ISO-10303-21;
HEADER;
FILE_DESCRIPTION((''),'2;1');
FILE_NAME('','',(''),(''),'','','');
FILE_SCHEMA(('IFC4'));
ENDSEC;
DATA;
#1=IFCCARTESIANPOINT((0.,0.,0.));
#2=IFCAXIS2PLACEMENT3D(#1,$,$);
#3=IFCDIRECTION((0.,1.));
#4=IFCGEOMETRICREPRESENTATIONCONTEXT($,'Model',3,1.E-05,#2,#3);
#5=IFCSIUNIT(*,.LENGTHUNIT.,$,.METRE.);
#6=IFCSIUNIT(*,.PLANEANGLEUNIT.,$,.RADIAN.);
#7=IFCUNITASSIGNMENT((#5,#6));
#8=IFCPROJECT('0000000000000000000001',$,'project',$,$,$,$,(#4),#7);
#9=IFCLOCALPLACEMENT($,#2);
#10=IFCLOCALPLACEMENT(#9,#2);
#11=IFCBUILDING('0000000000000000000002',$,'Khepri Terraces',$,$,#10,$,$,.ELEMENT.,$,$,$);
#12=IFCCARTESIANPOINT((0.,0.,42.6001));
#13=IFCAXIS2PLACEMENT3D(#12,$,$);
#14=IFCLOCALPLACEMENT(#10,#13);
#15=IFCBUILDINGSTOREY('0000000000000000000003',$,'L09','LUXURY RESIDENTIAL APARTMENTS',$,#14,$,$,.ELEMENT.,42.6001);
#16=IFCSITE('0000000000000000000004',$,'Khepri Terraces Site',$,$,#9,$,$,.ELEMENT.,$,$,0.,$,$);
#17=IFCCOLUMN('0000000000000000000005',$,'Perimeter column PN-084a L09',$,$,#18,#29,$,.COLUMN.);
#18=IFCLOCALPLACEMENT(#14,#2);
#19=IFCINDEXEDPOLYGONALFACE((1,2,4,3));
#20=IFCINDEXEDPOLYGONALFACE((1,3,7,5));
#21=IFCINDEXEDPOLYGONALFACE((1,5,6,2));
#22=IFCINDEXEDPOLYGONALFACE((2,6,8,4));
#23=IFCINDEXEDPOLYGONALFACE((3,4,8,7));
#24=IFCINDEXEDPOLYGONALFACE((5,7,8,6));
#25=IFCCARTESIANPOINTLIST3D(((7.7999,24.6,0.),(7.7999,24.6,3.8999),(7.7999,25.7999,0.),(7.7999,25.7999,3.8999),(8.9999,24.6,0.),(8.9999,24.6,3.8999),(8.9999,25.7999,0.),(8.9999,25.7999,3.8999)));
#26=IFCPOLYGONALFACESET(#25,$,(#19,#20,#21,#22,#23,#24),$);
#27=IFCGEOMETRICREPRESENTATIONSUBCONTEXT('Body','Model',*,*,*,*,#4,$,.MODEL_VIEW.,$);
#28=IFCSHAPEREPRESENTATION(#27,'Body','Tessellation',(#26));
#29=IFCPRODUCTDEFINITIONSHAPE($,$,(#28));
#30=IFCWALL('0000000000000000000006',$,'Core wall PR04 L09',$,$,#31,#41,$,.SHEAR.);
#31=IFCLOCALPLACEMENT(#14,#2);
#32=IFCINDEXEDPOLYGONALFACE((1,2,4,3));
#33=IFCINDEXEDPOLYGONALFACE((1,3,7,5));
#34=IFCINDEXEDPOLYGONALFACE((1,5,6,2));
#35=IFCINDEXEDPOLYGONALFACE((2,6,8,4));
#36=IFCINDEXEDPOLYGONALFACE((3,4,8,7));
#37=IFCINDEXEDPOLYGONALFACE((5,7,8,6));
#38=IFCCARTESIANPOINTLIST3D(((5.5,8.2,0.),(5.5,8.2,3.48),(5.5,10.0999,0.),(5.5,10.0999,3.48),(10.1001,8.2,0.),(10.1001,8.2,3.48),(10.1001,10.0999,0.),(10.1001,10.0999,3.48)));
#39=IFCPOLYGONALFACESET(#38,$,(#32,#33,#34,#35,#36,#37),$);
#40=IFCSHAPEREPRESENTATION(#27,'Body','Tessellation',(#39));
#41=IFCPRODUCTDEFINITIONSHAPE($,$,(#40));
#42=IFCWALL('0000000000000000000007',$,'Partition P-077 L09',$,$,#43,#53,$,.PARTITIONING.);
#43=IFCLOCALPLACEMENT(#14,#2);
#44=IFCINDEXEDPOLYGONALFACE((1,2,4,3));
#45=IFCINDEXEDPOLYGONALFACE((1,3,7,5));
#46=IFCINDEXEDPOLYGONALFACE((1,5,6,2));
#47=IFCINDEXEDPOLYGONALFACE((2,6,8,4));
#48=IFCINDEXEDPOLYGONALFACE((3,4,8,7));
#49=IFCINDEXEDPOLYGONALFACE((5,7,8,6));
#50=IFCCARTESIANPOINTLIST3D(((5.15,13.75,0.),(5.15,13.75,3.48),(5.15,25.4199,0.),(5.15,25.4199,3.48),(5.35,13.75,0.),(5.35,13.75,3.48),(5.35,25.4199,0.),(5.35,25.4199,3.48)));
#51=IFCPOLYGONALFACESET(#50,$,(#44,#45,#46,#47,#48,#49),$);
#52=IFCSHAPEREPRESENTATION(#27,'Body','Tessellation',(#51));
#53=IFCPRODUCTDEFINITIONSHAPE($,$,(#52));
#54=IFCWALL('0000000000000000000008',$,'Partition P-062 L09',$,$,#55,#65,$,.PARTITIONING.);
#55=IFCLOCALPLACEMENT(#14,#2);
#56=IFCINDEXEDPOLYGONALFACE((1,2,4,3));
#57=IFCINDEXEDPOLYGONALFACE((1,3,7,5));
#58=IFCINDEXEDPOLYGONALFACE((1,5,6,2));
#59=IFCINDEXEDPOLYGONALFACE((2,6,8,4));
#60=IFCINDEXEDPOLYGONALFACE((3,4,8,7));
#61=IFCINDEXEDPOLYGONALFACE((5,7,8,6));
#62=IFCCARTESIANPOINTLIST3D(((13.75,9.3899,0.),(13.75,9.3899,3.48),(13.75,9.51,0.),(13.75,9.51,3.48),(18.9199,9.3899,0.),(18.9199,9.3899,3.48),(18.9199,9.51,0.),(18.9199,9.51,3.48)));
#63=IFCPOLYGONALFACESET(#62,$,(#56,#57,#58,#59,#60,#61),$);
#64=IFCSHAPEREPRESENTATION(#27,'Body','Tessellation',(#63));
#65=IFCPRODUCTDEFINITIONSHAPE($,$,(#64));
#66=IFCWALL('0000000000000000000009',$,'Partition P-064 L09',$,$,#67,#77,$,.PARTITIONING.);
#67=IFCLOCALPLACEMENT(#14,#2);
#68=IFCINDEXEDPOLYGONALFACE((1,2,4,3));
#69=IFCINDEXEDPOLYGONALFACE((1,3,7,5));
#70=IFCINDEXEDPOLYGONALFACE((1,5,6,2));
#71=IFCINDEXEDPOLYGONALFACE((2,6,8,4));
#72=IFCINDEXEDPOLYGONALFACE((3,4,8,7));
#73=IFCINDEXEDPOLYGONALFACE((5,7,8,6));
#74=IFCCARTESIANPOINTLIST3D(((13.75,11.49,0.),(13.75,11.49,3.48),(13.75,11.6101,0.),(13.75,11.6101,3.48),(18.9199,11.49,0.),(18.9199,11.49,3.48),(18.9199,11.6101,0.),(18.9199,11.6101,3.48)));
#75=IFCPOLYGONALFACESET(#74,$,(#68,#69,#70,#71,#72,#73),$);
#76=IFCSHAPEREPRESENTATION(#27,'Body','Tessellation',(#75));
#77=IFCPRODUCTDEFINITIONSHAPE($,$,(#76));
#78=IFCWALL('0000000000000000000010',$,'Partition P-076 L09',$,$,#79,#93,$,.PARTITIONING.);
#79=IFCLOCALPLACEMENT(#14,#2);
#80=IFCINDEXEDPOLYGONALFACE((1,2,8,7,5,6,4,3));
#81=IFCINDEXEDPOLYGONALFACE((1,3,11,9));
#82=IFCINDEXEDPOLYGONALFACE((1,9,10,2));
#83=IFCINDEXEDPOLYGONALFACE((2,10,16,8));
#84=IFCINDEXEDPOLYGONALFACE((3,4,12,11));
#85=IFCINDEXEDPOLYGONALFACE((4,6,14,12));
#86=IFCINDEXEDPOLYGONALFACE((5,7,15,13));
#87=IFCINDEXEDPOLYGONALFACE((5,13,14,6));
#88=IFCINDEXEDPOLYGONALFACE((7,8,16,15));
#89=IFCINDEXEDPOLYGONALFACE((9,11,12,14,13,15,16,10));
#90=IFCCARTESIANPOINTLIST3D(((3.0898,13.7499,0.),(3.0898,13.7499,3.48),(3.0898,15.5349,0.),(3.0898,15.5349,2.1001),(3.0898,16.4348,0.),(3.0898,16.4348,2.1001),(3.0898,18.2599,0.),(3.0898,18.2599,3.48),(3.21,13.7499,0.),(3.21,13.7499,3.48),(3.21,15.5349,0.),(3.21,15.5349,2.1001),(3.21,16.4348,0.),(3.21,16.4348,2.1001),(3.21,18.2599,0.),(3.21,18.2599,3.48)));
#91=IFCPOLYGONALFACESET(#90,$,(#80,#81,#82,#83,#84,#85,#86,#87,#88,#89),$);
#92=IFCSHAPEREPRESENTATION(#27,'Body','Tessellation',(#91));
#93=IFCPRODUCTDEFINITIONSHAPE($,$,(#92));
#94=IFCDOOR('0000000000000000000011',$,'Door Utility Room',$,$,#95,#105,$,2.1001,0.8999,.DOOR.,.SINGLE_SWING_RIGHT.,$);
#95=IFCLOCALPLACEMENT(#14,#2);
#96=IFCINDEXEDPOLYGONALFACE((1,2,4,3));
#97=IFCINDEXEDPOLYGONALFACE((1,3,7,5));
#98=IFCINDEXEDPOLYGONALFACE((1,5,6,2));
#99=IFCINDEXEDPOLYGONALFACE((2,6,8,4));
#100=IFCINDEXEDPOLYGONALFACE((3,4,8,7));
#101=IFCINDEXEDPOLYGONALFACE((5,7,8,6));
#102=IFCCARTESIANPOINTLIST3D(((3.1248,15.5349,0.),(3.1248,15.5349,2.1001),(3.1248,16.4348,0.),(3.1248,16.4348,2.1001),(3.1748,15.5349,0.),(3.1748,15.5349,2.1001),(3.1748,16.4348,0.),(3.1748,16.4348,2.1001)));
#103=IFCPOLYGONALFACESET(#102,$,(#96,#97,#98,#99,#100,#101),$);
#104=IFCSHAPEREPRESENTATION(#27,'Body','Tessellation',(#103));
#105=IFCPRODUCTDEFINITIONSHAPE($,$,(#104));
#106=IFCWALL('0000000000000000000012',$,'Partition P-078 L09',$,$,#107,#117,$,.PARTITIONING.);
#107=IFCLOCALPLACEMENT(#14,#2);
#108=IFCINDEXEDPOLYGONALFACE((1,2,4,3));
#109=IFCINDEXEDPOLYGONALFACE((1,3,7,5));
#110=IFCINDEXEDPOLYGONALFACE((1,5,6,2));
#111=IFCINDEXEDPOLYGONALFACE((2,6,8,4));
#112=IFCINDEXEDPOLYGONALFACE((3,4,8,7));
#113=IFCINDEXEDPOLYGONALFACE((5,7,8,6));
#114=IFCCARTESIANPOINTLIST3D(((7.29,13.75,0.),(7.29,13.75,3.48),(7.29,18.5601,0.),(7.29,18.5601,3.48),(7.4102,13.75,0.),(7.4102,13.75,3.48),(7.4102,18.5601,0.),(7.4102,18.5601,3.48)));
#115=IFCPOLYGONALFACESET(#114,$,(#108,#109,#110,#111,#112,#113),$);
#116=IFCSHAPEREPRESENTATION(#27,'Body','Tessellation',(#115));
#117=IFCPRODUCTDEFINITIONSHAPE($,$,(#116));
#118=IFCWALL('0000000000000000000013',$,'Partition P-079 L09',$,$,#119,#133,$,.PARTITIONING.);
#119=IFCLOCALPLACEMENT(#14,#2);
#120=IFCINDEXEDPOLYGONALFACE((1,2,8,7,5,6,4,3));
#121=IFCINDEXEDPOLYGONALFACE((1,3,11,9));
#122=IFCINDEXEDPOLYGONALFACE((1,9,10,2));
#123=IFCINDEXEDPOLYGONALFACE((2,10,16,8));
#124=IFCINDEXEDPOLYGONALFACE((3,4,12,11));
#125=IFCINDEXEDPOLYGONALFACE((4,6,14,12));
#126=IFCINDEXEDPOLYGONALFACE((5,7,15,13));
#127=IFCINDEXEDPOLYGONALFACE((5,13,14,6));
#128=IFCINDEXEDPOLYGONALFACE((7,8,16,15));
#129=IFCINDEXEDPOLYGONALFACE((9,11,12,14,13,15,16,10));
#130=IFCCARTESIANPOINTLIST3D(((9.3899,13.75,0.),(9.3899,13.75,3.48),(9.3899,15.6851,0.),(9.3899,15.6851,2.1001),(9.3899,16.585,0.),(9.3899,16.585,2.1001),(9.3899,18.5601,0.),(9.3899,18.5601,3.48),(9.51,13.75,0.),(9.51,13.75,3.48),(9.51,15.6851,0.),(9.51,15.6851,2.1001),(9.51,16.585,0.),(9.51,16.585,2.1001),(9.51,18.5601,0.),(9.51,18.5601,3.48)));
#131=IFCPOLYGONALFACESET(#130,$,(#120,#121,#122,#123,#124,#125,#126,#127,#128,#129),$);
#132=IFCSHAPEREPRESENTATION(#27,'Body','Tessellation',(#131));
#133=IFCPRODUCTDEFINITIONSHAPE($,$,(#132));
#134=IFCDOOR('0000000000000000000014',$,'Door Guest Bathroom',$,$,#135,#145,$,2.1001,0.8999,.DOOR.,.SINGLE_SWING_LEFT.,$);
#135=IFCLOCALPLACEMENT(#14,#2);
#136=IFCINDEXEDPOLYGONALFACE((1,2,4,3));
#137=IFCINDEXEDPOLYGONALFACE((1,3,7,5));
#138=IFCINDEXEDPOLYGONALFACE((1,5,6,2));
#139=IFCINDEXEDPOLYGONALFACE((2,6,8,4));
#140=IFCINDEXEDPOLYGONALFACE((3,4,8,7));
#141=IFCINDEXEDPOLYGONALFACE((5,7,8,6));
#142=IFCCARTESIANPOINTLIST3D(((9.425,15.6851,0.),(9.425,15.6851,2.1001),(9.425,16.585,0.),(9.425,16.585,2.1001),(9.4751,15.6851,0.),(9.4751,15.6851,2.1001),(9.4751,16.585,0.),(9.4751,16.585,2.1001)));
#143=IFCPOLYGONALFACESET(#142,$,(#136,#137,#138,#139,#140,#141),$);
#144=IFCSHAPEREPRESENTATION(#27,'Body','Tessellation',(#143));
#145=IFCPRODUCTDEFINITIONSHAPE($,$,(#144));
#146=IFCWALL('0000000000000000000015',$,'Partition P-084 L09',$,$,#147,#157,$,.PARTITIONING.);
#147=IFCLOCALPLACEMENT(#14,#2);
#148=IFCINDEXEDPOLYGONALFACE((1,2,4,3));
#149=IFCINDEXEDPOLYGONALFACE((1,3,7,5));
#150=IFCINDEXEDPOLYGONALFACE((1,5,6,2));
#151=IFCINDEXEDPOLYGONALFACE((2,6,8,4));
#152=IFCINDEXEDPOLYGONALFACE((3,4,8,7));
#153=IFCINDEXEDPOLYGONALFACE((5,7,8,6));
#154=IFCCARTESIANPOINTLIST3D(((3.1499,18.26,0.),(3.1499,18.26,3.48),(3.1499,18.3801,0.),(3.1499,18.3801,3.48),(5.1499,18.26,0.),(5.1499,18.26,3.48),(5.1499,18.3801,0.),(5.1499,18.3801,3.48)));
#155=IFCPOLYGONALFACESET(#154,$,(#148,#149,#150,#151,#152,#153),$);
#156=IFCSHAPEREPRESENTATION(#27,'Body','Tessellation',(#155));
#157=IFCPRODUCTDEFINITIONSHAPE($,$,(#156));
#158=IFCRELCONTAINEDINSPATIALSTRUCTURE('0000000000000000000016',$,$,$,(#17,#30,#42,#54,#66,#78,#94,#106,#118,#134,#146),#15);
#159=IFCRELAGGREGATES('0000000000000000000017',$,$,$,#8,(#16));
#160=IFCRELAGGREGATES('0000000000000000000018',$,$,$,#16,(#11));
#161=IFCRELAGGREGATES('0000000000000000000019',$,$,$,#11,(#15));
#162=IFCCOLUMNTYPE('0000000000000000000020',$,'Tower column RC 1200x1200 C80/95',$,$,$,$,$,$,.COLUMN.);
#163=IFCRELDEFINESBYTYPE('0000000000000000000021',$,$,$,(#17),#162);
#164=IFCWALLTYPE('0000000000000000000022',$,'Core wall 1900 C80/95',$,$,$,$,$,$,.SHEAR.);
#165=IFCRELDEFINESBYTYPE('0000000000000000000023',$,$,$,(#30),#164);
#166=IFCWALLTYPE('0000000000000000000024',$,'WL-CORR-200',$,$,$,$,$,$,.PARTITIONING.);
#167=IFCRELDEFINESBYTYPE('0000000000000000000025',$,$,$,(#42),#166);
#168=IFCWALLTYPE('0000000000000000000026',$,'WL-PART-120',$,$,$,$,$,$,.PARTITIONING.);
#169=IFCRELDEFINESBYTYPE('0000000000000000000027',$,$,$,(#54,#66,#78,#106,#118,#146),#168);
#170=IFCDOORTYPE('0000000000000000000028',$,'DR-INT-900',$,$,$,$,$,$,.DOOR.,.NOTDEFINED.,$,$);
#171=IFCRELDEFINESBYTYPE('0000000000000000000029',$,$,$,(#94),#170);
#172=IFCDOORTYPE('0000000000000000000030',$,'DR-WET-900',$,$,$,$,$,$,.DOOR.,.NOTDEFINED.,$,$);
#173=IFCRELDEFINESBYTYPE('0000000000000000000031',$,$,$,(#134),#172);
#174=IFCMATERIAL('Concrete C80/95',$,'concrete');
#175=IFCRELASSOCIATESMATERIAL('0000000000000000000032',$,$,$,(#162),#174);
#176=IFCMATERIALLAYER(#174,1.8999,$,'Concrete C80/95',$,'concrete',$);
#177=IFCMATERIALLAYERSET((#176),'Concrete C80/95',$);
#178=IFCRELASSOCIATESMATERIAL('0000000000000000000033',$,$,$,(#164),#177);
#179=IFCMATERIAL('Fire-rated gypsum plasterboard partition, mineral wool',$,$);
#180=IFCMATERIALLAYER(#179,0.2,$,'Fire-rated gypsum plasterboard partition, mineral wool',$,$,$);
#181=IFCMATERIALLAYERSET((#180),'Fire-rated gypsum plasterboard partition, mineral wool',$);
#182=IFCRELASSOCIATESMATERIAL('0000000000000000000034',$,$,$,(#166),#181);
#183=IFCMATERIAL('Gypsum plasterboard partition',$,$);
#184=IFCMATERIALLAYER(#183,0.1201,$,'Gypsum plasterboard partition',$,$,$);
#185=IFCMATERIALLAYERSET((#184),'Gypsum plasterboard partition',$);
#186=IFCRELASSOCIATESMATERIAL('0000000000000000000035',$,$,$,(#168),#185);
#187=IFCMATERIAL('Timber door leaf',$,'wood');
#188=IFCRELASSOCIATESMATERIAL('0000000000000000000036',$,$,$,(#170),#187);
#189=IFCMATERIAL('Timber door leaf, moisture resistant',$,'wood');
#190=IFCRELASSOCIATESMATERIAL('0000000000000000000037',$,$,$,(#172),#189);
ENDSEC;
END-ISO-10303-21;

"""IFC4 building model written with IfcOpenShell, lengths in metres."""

from ifc_helpers import new_model, si_unit, direction, frame, frame_2d, origin, origin_2d, place, context, subcontext, project, spatial, rectangle, extrude, material, layer, layer_set, material_profile, profile_set, type_object, element, fill, save


model = new_model("IFC4")

# Units and contexts
model_context = context("Model", 3, precision=1e-05, world=origin(), true_north=direction((0.0, 1.0)))
body_context = subcontext(model_context, "Body", "Model", "MODEL_VIEW")
ifc_project = project(units=[si_unit("LENGTHUNIT", "METRE"), si_unit("PLANEANGLEUNIT", "RADIAN")], contexts=[model_context])

# Site, building, storey
site_placement = place(None, origin())
site = spatial("IfcSite", under=ifc_project, at=site_placement, Name="Khepri Terraces Site", CompositionType="ELEMENT", RefElevation=0.0)
building_placement = place(site_placement, origin())
building = spatial("IfcBuilding", under=site, at=building_placement, Name="Khepri Terraces", CompositionType="ELEMENT")
storey_placement = place(building_placement, frame((0.0, 0.0, 42.6001)))
storey = spatial("IfcBuildingStorey", under=building, at=storey_placement, Name="L09", Description="LUXURY RESIDENTIAL APARTMENTS", CompositionType="ELEMENT", Elevation=42.6001)

# Column
ifc_material_1 = material(Name="Concrete C80/95", Category="concrete")
ifc_material_profile = material_profile(ifc_material_1, rectangle(XDim=1.2, YDim=1.2, at=origin_2d()), Name="Concrete C80/95", Category="concrete")
ifc_profile_set = profile_set([ifc_material_profile], Name="Concrete C80/95")
column_type = type_object("IfcColumnType", Name="Tower column RC 1200x1200 C80/95", PredefinedType="COLUMN", material=ifc_profile_set)
column_placement = place(storey_placement, frame((8.3999, 25.2, 0.0), z_axis=(0.0, 0.0, 1.0), x_axis=(1.0, 0.0, 0.0)))
element("IfcColumn", 1, at=column_placement, inside=storey, type_object=column_type, Name="Perimeter column PN-084a L09", PredefinedType="COLUMN", context=body_context, shape_type="SweptSolid", body=[
    extrude(rectangle(XDim=1.2, YDim=1.2, at=origin_2d()), origin(), (0.0, 0.0, 1.0), 3.8999),
])

# Walls
ifc_layer_1 = layer(ifc_material_1, 1.8999, Name="Concrete C80/95", Category="concrete")
ifc_layer_set_1 = layer_set([ifc_layer_1], Name="Concrete C80/95")
wall_type_1 = type_object("IfcWallType", Name="Core wall 1900 C80/95", PredefinedType="SHEAR", material=ifc_layer_set_1)
wall_1_placement = place(storey_placement, frame((5.5, 9.1499, 0.0), z_axis=(0.0, 0.0, 1.0), x_axis=(1.0, 0.0, 0.0)))
element("IfcWall", 2, at=wall_1_placement, inside=storey, type_object=wall_type_1, Name="Core wall PR04 L09", PredefinedType="SHEAR", context=body_context, shape_type="SweptSolid", body=[
    extrude(rectangle(XDim=4.6001, YDim=1.8999, at=frame_2d((2.3, 0.0))), origin(), (0.0, 0.0, 1.0), 3.48),
])
ifc_material_2 = material(Name="Fire-rated gypsum plasterboard partition, mineral wool")
ifc_layer_2 = layer(ifc_material_2, 0.2, Name="Fire-rated gypsum plasterboard partition, mineral wool")
ifc_layer_set_2 = layer_set([ifc_layer_2], Name="Fire-rated gypsum plasterboard partition, mineral wool")
wall_type_2 = type_object("IfcWallType", Name="WL-CORR-200", PredefinedType="PARTITIONING", material=ifc_layer_set_2)
wall_2_placement = place(storey_placement, frame((5.25, 13.75, 0.0), z_axis=(0.0, 0.0, 1.0), x_axis=(0.0, 1.0, 0.0)))
element("IfcWall", 3, at=wall_2_placement, inside=storey, type_object=wall_type_2, Name="Partition P-077 L09", PredefinedType="PARTITIONING", context=body_context, shape_type="SweptSolid", body=[
    extrude(rectangle(XDim=11.6699, YDim=0.2, at=frame_2d((5.835, 0.0))), origin(), (0.0, 0.0, 1.0), 3.48),
])

# Walls
ifc_material_3 = material(Name="Gypsum plasterboard partition")
ifc_layer_3 = layer(ifc_material_3, 0.1201, Name="Gypsum plasterboard partition")
ifc_layer_set_3 = layer_set([ifc_layer_3], Name="Gypsum plasterboard partition")
wall_type_3 = type_object("IfcWallType", Name="WL-PART-120", PredefinedType="PARTITIONING", material=ifc_layer_set_3)
for number, where, z_axis, x_axis, name in (
    (4, (13.75, 9.45, 0.0), (0.0, 0.0, 1.0), (1.0, 0.0, 0.0), "Partition P-062 L09"),
    (5, (13.75, 11.55, 0.0), (0.0, 0.0, 1.0), (1.0, 0.0, 0.0), "Partition P-064 L09"),
):
    element("IfcWall", number, at=place(storey_placement, frame(where, z_axis=z_axis, x_axis=x_axis)), inside=storey, type_object=wall_type_3, Name=name, PredefinedType="PARTITIONING", context=body_context, shape_type="SweptSolid", body=[
        extrude(rectangle(XDim=5.1699, YDim=0.1201, at=frame_2d((2.585, 0.0))), origin(), (0.0, 0.0, 1.0), 3.48),
    ])

# Wall, opening, door
wall_3_placement = place(storey_placement, frame((3.1499, 13.75, 0.0), z_axis=(0.0, 0.0, 1.0), x_axis=(0.0, 1.0, 0.0)))
wall_3 = element("IfcWall", 6, at=wall_3_placement, inside=storey, type_object=wall_type_3, Name="Partition P-076 L09", PredefinedType="PARTITIONING", context=body_context, shape_type="SweptSolid", body=[
    extrude(rectangle(XDim=4.51, YDim=0.1201, at=frame_2d((2.2549, 0.0))), origin(), (0.0, 0.0, 1.0), 3.48),
])
opening_1_placement = place(wall_3_placement, frame((1.7849, 0.0, 0.0)))
opening_1 = element("IfcOpeningElement", 7, at=opening_1_placement, cuts=wall_3, PredefinedType="OPENING", context=body_context, shape_type="SweptSolid", body=[
    extrude(rectangle(XDim=0.8999, YDim=2.1001, at=frame_2d((0.45, 1.05))), frame((0.0, 0.0701, 0.0), z_axis=(0.0, -1.0, 0.0), x_axis=(1.0, 0.0, 0.0)), (0.0, 0.0, 1.0), 0.1401),
])
ifc_material_4 = material(Name="Timber door leaf", Category="wood")
door_type_1 = type_object("IfcDoorType", Name="DR-INT-900", OperationType="NOTDEFINED", PredefinedType="DOOR", material=ifc_material_4)
door_1_placement = place(opening_1_placement, frame((0.8999, 0.0, 0.0), z_axis=(0.0, 0.0, 1.0), x_axis=(-1.0, 0.0, 0.0)))
door_1 = element("IfcDoor", 8, at=door_1_placement, inside=storey, type_object=door_type_1, Name="Door Utility Room", OperationType="SINGLE_SWING_RIGHT", OverallHeight=2.1001, OverallWidth=0.8999, PredefinedType="DOOR", context=body_context, shape_type="SweptSolid", body=[
    extrude(rectangle(XDim=0.8999, YDim=2.1001, at=frame_2d((0.45, 1.05))), frame((0.0, 0.0249, 0.0), z_axis=(0.0, -1.0, 0.0), x_axis=(1.0, 0.0, 0.0)), (0.0, 0.0, 1.0), 0.05),
])
fill(opening_1, door_1)

# Wall
wall_4_placement = place(storey_placement, frame((7.3501, 13.75, 0.0), z_axis=(0.0, 0.0, 1.0), x_axis=(0.0, 1.0, 0.0)))
element("IfcWall", 9, at=wall_4_placement, inside=storey, type_object=wall_type_3, Name="Partition P-078 L09", PredefinedType="PARTITIONING", context=body_context, shape_type="SweptSolid", body=[
    extrude(rectangle(XDim=4.8101, YDim=0.1201, at=frame_2d((2.405, 0.0))), origin(), (0.0, 0.0, 1.0), 3.48),
])

# Wall, opening, door
wall_5_placement = place(storey_placement, frame((9.45, 13.75, 0.0), z_axis=(0.0, 0.0, 1.0), x_axis=(0.0, 1.0, 0.0)))
wall_5 = element("IfcWall", 10, at=wall_5_placement, inside=storey, type_object=wall_type_3, Name="Partition P-079 L09", PredefinedType="PARTITIONING", context=body_context, shape_type="SweptSolid", body=[
    extrude(rectangle(XDim=4.8101, YDim=0.1201, at=frame_2d((2.405, 0.0))), origin(), (0.0, 0.0, 1.0), 3.48),
])
opening_2_placement = place(wall_5_placement, frame((1.9351, 0.0, 0.0)))
opening_2 = element("IfcOpeningElement", 11, at=opening_2_placement, cuts=wall_5, PredefinedType="OPENING", context=body_context, shape_type="SweptSolid", body=[
    extrude(rectangle(XDim=0.8999, YDim=2.1001, at=frame_2d((0.45, 1.05))), frame((0.0, 0.0701, 0.0), z_axis=(0.0, -1.0, 0.0), x_axis=(1.0, 0.0, 0.0)), (0.0, 0.0, 1.0), 0.1401),
])
ifc_material_5 = material(Name="Timber door leaf, moisture resistant", Category="wood")
door_type_2 = type_object("IfcDoorType", Name="DR-WET-900", OperationType="NOTDEFINED", PredefinedType="DOOR", material=ifc_material_5)
door_2_placement = place(opening_2_placement, origin())
door_2 = element("IfcDoor", 12, at=door_2_placement, inside=storey, type_object=door_type_2, Name="Door Guest Bathroom", OperationType="SINGLE_SWING_LEFT", OverallHeight=2.1001, OverallWidth=0.8999, PredefinedType="DOOR", context=body_context, shape_type="SweptSolid", body=[
    extrude(rectangle(XDim=0.8999, YDim=2.1001, at=frame_2d((0.45, 1.05))), frame((0.0, 0.0249, 0.0), z_axis=(0.0, -1.0, 0.0), x_axis=(1.0, 0.0, 0.0)), (0.0, 0.0, 1.0), 0.05),
])
fill(opening_2, door_2)

# Wall
wall_6_placement = place(storey_placement, frame((3.1499, 18.3201, 0.0), z_axis=(0.0, 0.0, 1.0), x_axis=(1.0, 0.0, 0.0)))
element("IfcWall", 13, at=wall_6_placement, inside=storey, type_object=wall_type_3, Name="Partition P-084 L09", PredefinedType="PARTITIONING", context=body_context, shape_type="SweptSolid", body=[
    extrude(rectangle(XDim=2.0, YDim=0.1201, at=frame_2d((1.0, 0.0))), origin(), (0.0, 0.0, 1.0), 3.48),
])

save(model, "model.ifc")
